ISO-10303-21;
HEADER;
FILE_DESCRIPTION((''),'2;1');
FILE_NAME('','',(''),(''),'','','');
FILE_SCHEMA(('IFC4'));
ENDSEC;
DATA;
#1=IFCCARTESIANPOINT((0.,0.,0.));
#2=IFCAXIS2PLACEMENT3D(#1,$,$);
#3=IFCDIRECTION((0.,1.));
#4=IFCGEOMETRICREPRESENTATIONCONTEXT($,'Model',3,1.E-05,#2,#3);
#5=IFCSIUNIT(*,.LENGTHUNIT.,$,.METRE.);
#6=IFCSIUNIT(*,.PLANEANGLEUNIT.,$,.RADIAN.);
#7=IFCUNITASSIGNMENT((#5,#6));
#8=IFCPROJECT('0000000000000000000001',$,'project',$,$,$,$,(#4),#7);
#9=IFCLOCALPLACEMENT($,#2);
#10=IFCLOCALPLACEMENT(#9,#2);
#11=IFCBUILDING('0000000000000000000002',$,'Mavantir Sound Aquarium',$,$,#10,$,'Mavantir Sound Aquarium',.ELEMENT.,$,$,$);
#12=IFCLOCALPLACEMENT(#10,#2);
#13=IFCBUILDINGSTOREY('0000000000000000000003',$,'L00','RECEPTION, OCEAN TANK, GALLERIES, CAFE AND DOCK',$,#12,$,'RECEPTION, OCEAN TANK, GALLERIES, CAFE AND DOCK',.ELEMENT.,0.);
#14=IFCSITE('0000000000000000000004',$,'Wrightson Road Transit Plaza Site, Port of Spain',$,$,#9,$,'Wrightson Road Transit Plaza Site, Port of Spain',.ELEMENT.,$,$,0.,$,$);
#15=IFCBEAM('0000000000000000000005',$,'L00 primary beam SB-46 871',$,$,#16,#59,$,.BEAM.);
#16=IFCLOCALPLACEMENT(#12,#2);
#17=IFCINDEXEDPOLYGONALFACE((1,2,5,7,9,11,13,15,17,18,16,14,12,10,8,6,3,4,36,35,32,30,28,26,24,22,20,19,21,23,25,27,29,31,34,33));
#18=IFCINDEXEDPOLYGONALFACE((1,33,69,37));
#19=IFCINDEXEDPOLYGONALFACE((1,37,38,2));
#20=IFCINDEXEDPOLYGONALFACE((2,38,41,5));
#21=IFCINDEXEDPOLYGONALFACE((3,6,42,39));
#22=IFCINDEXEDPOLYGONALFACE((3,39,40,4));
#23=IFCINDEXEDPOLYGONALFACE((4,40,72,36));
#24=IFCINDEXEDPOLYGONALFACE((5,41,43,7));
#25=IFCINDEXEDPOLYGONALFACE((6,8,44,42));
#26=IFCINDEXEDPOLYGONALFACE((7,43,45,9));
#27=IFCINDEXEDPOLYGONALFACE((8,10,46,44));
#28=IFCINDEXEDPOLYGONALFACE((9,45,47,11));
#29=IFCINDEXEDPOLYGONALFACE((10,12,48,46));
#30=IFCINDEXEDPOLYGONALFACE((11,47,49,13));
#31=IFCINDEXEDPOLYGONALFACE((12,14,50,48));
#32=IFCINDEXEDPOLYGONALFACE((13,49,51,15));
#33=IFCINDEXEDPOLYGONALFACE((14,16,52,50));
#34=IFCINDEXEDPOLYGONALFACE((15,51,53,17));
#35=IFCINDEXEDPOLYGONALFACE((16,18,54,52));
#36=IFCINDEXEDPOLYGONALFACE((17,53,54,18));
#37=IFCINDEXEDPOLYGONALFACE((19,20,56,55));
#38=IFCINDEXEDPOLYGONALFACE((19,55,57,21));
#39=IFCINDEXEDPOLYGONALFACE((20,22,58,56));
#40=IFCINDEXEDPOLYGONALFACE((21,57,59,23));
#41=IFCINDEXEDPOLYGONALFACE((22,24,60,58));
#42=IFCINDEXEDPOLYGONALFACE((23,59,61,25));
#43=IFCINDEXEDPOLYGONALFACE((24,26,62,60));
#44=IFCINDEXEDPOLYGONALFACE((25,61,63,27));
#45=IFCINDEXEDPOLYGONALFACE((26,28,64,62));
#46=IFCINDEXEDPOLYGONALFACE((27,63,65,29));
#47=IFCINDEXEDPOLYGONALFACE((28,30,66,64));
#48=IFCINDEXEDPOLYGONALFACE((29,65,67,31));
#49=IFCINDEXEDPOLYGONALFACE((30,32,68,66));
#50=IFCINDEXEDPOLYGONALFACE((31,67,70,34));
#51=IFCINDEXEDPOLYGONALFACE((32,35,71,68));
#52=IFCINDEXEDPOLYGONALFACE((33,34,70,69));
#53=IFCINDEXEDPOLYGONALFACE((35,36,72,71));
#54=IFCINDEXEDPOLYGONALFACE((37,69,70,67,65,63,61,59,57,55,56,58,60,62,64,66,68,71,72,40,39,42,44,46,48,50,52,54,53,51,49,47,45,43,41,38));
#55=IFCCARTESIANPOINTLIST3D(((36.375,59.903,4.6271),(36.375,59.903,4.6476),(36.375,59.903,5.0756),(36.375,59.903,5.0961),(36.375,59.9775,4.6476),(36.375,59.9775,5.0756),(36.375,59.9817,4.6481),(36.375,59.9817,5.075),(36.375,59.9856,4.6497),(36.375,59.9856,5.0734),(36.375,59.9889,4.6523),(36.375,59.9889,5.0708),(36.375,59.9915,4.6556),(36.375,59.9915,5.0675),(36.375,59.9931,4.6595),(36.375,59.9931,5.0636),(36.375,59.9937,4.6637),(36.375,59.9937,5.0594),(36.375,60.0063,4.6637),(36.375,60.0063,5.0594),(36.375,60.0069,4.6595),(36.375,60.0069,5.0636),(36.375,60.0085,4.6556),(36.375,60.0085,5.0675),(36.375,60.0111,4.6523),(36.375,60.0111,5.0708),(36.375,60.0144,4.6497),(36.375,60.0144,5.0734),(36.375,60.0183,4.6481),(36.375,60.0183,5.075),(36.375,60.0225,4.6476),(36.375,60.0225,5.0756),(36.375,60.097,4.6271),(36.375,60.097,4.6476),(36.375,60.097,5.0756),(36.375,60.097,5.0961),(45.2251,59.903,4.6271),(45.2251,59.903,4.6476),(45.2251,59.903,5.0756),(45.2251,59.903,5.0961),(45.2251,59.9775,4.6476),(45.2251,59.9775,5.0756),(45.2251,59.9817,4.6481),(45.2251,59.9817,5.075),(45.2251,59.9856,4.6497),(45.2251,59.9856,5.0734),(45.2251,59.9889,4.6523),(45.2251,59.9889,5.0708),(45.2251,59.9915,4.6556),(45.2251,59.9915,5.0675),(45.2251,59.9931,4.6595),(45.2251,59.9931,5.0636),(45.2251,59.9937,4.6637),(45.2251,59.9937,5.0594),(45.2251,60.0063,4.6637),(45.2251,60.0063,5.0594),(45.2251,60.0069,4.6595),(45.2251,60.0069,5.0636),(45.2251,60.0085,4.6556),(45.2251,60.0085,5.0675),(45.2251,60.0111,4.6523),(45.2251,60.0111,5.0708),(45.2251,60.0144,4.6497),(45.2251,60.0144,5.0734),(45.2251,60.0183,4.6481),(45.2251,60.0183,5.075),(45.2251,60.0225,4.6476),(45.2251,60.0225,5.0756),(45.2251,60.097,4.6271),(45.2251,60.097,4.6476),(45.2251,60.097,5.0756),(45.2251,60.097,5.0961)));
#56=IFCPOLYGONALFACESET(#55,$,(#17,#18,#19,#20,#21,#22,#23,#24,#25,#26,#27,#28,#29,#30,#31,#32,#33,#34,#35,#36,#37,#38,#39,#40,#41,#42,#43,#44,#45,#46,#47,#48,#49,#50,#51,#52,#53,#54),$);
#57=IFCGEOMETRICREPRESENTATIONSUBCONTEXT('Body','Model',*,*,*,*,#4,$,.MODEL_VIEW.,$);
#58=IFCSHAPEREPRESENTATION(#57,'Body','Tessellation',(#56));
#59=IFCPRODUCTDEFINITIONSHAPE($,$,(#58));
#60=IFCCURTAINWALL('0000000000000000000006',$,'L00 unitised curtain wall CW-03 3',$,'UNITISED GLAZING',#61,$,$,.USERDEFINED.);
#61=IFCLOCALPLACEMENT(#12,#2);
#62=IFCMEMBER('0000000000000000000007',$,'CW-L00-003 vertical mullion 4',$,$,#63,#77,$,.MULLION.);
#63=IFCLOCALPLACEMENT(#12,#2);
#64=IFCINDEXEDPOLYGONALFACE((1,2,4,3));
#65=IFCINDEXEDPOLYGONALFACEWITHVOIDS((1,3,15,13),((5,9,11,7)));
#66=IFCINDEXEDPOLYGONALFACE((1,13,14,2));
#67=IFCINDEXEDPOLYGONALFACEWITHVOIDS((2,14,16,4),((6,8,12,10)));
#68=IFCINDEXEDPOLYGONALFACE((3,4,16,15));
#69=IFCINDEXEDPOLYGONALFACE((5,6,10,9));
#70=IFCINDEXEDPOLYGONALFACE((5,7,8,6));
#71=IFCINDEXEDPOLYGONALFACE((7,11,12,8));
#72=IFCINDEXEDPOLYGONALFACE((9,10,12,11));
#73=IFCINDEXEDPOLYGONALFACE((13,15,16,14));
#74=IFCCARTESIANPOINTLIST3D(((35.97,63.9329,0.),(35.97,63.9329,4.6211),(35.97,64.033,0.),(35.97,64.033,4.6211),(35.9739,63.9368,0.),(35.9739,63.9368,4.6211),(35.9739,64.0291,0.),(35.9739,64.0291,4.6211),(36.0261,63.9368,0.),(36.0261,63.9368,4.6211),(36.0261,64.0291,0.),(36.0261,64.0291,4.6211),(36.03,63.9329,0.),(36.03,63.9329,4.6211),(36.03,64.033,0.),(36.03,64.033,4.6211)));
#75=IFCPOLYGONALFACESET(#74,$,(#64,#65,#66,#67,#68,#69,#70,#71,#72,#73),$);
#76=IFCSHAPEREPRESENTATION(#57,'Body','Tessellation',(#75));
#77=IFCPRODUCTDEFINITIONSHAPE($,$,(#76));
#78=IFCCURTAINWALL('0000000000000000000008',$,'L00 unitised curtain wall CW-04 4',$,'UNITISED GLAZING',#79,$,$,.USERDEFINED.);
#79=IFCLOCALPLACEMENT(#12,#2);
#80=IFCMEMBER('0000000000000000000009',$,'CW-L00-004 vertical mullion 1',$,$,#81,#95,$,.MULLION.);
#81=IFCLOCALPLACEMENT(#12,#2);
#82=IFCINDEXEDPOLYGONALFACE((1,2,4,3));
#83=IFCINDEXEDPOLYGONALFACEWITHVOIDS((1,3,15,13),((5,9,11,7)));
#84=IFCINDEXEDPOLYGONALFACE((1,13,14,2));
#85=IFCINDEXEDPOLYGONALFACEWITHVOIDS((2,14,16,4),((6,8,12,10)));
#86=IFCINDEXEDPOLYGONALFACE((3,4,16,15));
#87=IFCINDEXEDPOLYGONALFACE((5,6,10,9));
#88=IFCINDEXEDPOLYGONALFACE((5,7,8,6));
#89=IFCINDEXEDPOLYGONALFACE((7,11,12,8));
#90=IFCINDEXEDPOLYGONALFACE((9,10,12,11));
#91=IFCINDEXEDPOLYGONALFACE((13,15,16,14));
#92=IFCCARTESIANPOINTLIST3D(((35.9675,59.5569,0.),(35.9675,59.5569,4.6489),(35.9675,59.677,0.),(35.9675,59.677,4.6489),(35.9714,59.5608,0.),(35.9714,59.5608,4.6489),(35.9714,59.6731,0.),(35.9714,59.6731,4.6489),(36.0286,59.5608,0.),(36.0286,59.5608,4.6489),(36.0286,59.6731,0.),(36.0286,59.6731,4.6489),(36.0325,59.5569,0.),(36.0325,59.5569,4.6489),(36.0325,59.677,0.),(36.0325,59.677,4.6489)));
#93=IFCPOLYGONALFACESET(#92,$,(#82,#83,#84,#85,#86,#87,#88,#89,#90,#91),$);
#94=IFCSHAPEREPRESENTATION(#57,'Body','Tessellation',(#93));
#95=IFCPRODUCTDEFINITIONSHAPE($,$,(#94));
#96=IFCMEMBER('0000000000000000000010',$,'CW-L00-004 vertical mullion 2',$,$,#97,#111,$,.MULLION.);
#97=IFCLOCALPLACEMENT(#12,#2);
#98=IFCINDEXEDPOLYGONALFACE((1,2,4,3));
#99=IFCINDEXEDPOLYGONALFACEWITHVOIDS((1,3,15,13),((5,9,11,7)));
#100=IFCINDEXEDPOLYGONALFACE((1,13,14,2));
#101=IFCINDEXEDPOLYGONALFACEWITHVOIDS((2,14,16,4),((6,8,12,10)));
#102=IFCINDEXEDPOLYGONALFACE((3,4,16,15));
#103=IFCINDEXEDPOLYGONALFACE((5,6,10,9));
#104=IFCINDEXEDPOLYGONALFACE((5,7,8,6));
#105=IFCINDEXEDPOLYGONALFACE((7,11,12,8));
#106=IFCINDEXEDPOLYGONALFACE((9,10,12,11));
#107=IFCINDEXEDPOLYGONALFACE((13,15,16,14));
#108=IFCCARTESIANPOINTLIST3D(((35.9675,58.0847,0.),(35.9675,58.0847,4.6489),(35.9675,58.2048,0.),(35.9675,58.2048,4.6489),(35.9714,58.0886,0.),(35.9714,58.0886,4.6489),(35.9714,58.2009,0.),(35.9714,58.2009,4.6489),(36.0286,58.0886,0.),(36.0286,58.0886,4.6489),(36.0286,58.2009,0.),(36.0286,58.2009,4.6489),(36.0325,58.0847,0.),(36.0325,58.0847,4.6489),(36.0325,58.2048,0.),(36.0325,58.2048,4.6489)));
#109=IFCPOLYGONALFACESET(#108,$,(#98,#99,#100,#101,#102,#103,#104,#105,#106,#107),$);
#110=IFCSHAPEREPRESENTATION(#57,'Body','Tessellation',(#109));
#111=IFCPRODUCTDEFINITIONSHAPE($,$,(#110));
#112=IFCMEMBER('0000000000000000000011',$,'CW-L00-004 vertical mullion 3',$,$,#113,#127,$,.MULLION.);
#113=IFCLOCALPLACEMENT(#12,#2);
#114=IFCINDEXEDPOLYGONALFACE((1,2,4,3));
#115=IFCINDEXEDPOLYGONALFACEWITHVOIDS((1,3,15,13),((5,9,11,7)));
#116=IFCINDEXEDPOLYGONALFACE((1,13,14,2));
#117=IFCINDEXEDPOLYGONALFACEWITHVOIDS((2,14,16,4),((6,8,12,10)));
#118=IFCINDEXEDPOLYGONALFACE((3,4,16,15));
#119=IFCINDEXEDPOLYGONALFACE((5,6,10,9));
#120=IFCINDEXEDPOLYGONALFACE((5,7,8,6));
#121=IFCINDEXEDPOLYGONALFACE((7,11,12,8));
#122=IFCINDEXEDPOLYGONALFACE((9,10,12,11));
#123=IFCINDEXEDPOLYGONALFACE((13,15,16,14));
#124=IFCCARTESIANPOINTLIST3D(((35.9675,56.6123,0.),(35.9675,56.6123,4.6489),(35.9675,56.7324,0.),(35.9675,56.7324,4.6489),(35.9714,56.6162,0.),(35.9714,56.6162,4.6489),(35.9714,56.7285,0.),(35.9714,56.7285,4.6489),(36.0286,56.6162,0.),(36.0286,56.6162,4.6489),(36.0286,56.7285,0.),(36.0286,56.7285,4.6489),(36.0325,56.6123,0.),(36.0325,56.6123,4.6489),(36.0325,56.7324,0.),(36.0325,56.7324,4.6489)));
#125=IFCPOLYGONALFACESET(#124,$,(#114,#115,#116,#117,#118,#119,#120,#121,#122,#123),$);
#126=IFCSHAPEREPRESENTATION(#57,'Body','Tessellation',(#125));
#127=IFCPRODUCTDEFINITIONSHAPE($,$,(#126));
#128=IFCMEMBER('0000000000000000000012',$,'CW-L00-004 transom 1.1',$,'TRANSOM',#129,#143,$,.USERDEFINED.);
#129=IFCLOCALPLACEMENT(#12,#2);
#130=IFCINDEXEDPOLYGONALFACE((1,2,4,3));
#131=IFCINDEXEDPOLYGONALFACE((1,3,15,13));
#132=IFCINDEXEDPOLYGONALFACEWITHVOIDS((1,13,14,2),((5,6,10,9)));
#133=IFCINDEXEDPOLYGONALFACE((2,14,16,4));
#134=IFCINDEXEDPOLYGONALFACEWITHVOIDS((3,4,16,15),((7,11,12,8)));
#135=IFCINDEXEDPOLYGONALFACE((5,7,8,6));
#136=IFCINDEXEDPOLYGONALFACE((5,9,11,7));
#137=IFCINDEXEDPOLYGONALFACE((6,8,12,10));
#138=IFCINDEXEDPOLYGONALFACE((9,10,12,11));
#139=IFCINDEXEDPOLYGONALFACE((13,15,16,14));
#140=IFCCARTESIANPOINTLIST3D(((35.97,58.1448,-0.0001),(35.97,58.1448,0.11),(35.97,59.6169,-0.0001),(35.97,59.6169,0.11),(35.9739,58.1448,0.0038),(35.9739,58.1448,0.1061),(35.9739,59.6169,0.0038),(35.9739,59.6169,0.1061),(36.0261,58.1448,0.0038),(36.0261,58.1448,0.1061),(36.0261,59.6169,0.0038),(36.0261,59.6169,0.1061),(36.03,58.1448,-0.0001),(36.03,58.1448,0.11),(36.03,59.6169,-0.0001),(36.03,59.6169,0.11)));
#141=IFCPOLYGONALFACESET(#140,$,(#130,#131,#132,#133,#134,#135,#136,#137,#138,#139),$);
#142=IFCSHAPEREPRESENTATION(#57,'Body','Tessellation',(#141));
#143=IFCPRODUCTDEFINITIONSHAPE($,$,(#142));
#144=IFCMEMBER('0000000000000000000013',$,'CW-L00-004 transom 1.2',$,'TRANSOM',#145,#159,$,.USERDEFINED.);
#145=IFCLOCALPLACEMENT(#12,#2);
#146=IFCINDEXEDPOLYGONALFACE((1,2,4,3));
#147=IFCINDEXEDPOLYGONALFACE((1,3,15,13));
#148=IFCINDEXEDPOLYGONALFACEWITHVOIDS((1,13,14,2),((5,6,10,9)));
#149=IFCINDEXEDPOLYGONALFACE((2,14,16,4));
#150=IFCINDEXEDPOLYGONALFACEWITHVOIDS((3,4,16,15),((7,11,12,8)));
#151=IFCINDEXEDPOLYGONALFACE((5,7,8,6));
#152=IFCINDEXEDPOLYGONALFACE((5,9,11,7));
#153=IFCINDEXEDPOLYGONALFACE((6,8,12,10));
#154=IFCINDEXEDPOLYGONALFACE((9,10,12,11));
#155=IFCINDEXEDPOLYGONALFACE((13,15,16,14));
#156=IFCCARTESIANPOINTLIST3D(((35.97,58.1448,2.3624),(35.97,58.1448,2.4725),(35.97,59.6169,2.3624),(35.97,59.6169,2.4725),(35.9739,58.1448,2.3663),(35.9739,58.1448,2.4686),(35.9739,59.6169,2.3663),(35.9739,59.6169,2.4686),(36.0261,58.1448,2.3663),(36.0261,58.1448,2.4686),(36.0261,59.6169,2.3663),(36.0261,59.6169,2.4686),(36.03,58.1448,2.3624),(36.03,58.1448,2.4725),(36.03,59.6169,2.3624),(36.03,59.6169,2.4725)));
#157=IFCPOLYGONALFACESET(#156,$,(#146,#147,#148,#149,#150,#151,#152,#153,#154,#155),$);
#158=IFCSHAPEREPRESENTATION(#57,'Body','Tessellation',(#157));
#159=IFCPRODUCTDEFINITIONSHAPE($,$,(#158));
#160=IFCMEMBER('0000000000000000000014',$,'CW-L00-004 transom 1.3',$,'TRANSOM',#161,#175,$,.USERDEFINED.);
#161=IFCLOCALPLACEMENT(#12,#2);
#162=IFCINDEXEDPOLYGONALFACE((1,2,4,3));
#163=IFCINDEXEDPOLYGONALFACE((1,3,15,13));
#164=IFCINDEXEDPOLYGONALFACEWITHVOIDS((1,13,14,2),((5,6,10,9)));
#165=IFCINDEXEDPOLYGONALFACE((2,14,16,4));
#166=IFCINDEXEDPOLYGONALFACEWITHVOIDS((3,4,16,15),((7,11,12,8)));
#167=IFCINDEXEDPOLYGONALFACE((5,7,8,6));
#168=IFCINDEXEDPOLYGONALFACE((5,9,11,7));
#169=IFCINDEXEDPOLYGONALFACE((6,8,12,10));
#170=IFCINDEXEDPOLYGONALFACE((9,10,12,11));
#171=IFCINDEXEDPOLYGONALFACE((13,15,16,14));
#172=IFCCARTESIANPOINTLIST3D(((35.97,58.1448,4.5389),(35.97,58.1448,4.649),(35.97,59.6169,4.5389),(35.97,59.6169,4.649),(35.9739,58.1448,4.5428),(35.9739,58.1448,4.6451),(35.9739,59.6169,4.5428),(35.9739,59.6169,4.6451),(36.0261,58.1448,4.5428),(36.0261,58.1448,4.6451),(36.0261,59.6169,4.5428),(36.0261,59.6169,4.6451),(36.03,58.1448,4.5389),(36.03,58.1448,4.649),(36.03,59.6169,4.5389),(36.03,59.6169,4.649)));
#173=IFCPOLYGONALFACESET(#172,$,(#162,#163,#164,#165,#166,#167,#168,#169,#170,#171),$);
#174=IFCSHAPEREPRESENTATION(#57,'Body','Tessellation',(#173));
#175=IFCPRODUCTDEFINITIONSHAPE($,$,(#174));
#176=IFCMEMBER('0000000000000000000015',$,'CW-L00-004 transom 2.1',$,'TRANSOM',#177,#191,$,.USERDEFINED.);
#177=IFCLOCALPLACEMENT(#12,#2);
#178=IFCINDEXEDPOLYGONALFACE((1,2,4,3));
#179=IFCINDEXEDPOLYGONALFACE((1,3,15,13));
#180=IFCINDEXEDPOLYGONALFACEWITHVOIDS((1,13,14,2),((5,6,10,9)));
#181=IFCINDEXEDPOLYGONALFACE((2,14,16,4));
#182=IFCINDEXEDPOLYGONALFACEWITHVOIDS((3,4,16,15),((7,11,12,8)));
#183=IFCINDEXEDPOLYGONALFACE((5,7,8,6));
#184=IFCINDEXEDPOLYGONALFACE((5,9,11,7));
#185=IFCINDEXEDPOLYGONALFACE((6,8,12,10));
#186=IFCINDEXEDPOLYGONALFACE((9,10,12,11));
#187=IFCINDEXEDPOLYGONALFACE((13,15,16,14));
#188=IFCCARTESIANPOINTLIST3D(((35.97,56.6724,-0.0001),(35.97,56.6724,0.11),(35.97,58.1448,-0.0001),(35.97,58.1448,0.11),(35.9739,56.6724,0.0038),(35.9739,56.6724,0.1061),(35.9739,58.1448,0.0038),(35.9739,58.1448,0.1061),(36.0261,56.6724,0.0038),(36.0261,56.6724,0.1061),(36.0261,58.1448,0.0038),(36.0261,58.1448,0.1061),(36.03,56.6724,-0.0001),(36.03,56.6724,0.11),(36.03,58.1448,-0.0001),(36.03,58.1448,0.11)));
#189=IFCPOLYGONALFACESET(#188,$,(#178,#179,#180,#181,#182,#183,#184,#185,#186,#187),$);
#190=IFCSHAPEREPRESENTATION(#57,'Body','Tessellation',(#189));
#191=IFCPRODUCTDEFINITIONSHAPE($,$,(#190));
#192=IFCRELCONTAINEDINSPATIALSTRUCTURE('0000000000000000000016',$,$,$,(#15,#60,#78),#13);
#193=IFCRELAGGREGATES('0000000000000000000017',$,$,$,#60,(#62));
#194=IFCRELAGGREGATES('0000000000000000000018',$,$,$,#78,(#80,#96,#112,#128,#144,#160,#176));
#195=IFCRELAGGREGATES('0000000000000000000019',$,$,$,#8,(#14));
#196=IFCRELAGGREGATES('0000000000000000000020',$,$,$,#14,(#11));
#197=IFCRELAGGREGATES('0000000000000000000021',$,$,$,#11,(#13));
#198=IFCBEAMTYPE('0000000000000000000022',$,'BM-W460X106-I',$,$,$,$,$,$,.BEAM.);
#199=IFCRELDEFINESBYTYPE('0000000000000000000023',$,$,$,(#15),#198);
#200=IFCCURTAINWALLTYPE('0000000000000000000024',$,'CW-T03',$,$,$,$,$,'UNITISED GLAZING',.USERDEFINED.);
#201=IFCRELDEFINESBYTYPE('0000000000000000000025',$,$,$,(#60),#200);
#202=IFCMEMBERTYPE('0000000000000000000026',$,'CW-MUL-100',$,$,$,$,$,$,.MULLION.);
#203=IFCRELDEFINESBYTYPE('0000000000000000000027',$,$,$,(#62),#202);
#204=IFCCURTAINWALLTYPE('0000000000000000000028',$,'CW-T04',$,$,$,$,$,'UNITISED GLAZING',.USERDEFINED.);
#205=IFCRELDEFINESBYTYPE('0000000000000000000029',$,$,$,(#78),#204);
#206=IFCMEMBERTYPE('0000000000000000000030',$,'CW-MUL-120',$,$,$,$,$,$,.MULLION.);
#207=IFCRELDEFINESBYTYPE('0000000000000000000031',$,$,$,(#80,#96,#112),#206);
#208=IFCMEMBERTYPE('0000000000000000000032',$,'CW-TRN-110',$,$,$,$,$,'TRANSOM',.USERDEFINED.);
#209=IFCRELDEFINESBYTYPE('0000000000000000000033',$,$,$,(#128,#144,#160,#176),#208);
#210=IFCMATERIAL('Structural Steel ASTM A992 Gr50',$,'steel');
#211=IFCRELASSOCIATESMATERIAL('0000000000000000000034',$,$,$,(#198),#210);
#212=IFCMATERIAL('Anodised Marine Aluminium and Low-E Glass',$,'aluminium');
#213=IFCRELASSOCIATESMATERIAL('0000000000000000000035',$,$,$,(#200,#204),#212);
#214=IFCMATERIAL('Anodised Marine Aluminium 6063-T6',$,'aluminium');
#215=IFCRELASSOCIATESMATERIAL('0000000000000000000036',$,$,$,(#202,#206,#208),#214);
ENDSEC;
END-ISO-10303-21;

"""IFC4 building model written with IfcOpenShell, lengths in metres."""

from ifc_helpers import new_model, si_unit, direction, frame, origin, origin_2d, place, context, subcontext, project, spatial, hollow_rectangle, i_section, extrude, material, material_profile, profile_set, type_object, element, aggregate, save


model = new_model("IFC4")

# Units and contexts
model_context = context("Model", 3, precision=1e-05, world=origin(), true_north=direction((0.0, 1.0)))
body_context = subcontext(model_context, "Body", "Model", "MODEL_VIEW")
ifc_project = project(units=[si_unit("LENGTHUNIT", "METRE"), si_unit("PLANEANGLEUNIT", "RADIAN")], contexts=[model_context])

# Site, building, storey
site_placement = place(None, origin())
site = spatial("IfcSite", under=ifc_project, at=site_placement, Name="Wrightson Road Transit Plaza Site, Port of Spain", LongName="Wrightson Road Transit Plaza Site, Port of Spain", CompositionType="ELEMENT", RefElevation=0.0)
building_placement = place(site_placement, origin())
building = spatial("IfcBuilding", under=site, at=building_placement, Name="Mavantir Sound Aquarium", LongName="Mavantir Sound Aquarium", CompositionType="ELEMENT")
storey_placement = place(building_placement, origin())
storey = spatial("IfcBuildingStorey", under=building, at=storey_placement, Name="L00", Description="RECEPTION, OCEAN TANK, GALLERIES, CAFE AND DOCK", LongName="RECEPTION, OCEAN TANK, GALLERIES, CAFE AND DOCK", CompositionType="ELEMENT", Elevation=0.0)

# Beam
ifc_material_1 = material(Name="Structural Steel ASTM A992 Gr50", Category="steel")
ifc_material_profile_1 = material_profile(ifc_material_1, i_section(OverallWidth=0.1941, OverallDepth=0.469, WebThickness=0.0127, FlangeThickness=0.0205, FilletRadius=0.0161, at=origin_2d()), Name="W460X106")
ifc_profile_set_1 = profile_set([ifc_material_profile_1], Name="Structural Steel ASTM A992 Gr50")
beam_type_1 = type_object("IfcBeamType", Name="BM-W460X106-I", PredefinedType="BEAM", material=ifc_profile_set_1)
beam_1_placement = place(storey_placement, frame((36.375, 60.0, 4.8616), z_axis=(1.0, 0.0, 0.0), x_axis=(0.0, 1.0, 0.0)))
element("IfcBeam", 1, at=beam_1_placement, inside=storey, type_object=beam_type_1, Name="L00 primary beam SB-46 871", PredefinedType="BEAM", context=body_context, shape_type="SweptSolid", body=[
    extrude(i_section(OverallWidth=0.1941, OverallDepth=0.469, WebThickness=0.0127, FlangeThickness=0.0205, FilletRadius=0.0161, at=origin_2d()), origin(), (0.0, 0.0, 1.0), 8.8501),
])

# Curtain wall, member
ifc_material_2 = material(Name="Anodised Marine Aluminium and Low-E Glass", Category="aluminium")
curtain_wall_type_1 = type_object("IfcCurtainWallType", Name="CW-T03", ElementType="UNITISED GLAZING", PredefinedType="USERDEFINED", material=ifc_material_2)
curtain_wall_1_placement = place(storey_placement, origin())
curtain_wall_1 = element("IfcCurtainWall", 2, at=curtain_wall_1_placement, inside=storey, type_object=curtain_wall_type_1, Name="L00 unitised curtain wall CW-03 3", ObjectType="UNITISED GLAZING", PredefinedType="USERDEFINED")
ifc_material_3 = material(Name="Anodised Marine Aluminium 6063-T6", Category="aluminium")
ifc_material_profile_2 = material_profile(ifc_material_3, hollow_rectangle(XDim=0.0601, YDim=0.1001, WallThickness=0.0039, at=origin_2d()), Name="ALU-MULLION-100X60")
ifc_profile_set_2 = profile_set([ifc_material_profile_2], Name="Anodised Marine Aluminium 6063-T6")
member_type_1 = type_object("IfcMemberType", Name="CW-MUL-100", PredefinedType="MULLION", material=ifc_profile_set_2)
member_1_placement = place(storey_placement, frame((36.0, 63.9829, 0.0), z_axis=(0.0, 0.0, 1.0), x_axis=(1.0, 0.0, 0.0)))
member_1 = element("IfcMember", 3, at=member_1_placement, type_object=member_type_1, Name="CW-L00-003 vertical mullion 4", PredefinedType="MULLION", context=body_context, shape_type="SweptSolid", body=[
    extrude(hollow_rectangle(XDim=0.0601, YDim=0.1001, WallThickness=0.0039, at=origin_2d()), origin(), (0.0, 0.0, 1.0), 4.6211),
])
aggregate(curtain_wall_1, [member_1])

# Curtain wall, members
curtain_wall_type_2 = type_object("IfcCurtainWallType", Name="CW-T04", ElementType="UNITISED GLAZING", PredefinedType="USERDEFINED", material=ifc_material_2)
curtain_wall_2_placement = place(storey_placement, origin())
curtain_wall_2 = element("IfcCurtainWall", 4, at=curtain_wall_2_placement, inside=storey, type_object=curtain_wall_type_2, Name="L00 unitised curtain wall CW-04 4", ObjectType="UNITISED GLAZING", PredefinedType="USERDEFINED")
ifc_material_profile_3 = material_profile(ifc_material_3, hollow_rectangle(XDim=0.0649, YDim=0.1201, WallThickness=0.0039, at=origin_2d()), Name="ALU-MULLION-120X65")
ifc_profile_set_3 = profile_set([ifc_material_profile_3], Name="Anodised Marine Aluminium 6063-T6")
member_type_2 = type_object("IfcMemberType", Name="CW-MUL-120", PredefinedType="MULLION", material=ifc_profile_set_3)
member_2_placement = place(storey_placement, frame((36.0, 59.6169, 0.0), z_axis=(0.0, 0.0, 1.0), x_axis=(1.0, 0.0, 0.0)))
member_2 = element("IfcMember", 5, at=member_2_placement, type_object=member_type_2, Name="CW-L00-004 vertical mullion 1", PredefinedType="MULLION", context=body_context, shape_type="SweptSolid", body=[
    extrude(hollow_rectangle(XDim=0.0649, YDim=0.1201, WallThickness=0.0039, at=origin_2d()), origin(), (0.0, 0.0, 1.0), 4.6489),
])
member_3_placement = place(storey_placement, frame((36.0, 58.1448, 0.0), z_axis=(0.0, 0.0, 1.0), x_axis=(1.0, 0.0, 0.0)))
member_3 = element("IfcMember", 6, at=member_3_placement, type_object=member_type_2, Name="CW-L00-004 vertical mullion 2", PredefinedType="MULLION", context=body_context, shape_type="SweptSolid", body=[
    extrude(hollow_rectangle(XDim=0.0649, YDim=0.1201, WallThickness=0.0039, at=origin_2d()), origin(), (0.0, 0.0, 1.0), 4.6489),
])
member_4_placement = place(storey_placement, frame((36.0, 56.6724, 0.0), z_axis=(0.0, 0.0, 1.0), x_axis=(1.0, 0.0, 0.0)))
member_4 = element("IfcMember", 7, at=member_4_placement, type_object=member_type_2, Name="CW-L00-004 vertical mullion 3", PredefinedType="MULLION", context=body_context, shape_type="SweptSolid", body=[
    extrude(hollow_rectangle(XDim=0.0649, YDim=0.1201, WallThickness=0.0039, at=origin_2d()), origin(), (0.0, 0.0, 1.0), 4.6489),
])
ifc_material_profile_4 = material_profile(ifc_material_3, hollow_rectangle(XDim=0.0601, YDim=0.1101, WallThickness=0.0039, at=origin_2d()), Name="ALU-TRANSOM-110X60")
ifc_profile_set_4 = profile_set([ifc_material_profile_4], Name="Anodised Marine Aluminium 6063-T6")
member_type_3 = type_object("IfcMemberType", Name="CW-TRN-110", ElementType="TRANSOM", PredefinedType="USERDEFINED", material=ifc_profile_set_4)
member_5_placement = place(storey_placement, frame((36.0, 59.6169, 0.0549), z_axis=(0.0, -1.0, 0.0), x_axis=(1.0, 0.0, 0.0)))
member_5 = element("IfcMember", 8, at=member_5_placement, type_object=member_type_3, Name="CW-L00-004 transom 1.1", ObjectType="TRANSOM", PredefinedType="USERDEFINED", context=body_context, shape_type="SweptSolid", body=[
    extrude(hollow_rectangle(XDim=0.0601, YDim=0.1101, WallThickness=0.0039, at=origin_2d()), origin(), (0.0, 0.0, 1.0), 1.4722),
])
member_6_placement = place(storey_placement, frame((36.0, 59.6169, 2.4175), z_axis=(0.0, -1.0, 0.0), x_axis=(1.0, 0.0, 0.0)))
member_6 = element("IfcMember", 9, at=member_6_placement, type_object=member_type_3, Name="CW-L00-004 transom 1.2", ObjectType="TRANSOM", PredefinedType="USERDEFINED", context=body_context, shape_type="SweptSolid", body=[
    extrude(hollow_rectangle(XDim=0.0601, YDim=0.1101, WallThickness=0.0039, at=origin_2d()), origin(), (0.0, 0.0, 1.0), 1.4722),
])
member_7_placement = place(storey_placement, frame((36.0, 59.6169, 4.594), z_axis=(0.0, -1.0, 0.0), x_axis=(1.0, 0.0, 0.0)))
member_7 = element("IfcMember", 10, at=member_7_placement, type_object=member_type_3, Name="CW-L00-004 transom 1.3", ObjectType="TRANSOM", PredefinedType="USERDEFINED", context=body_context, shape_type="SweptSolid", body=[
    extrude(hollow_rectangle(XDim=0.0601, YDim=0.1101, WallThickness=0.0039, at=origin_2d()), origin(), (0.0, 0.0, 1.0), 1.4722),
])
member_8_placement = place(storey_placement, frame((36.0, 58.1448, 0.0549), z_axis=(0.0, -1.0, 0.0), x_axis=(1.0, 0.0, 0.0)))
member_8 = element("IfcMember", 11, at=member_8_placement, type_object=member_type_3, Name="CW-L00-004 transom 2.1", ObjectType="TRANSOM", PredefinedType="USERDEFINED", context=body_context, shape_type="SweptSolid", body=[
    extrude(hollow_rectangle(XDim=0.0601, YDim=0.1101, WallThickness=0.0039, at=origin_2d()), origin(), (0.0, 0.0, 1.0), 1.4724),
])
aggregate(curtain_wall_2, [member_2, member_3, member_4, member_5, member_6, member_7, member_8])

save(model, "model.ifc")
